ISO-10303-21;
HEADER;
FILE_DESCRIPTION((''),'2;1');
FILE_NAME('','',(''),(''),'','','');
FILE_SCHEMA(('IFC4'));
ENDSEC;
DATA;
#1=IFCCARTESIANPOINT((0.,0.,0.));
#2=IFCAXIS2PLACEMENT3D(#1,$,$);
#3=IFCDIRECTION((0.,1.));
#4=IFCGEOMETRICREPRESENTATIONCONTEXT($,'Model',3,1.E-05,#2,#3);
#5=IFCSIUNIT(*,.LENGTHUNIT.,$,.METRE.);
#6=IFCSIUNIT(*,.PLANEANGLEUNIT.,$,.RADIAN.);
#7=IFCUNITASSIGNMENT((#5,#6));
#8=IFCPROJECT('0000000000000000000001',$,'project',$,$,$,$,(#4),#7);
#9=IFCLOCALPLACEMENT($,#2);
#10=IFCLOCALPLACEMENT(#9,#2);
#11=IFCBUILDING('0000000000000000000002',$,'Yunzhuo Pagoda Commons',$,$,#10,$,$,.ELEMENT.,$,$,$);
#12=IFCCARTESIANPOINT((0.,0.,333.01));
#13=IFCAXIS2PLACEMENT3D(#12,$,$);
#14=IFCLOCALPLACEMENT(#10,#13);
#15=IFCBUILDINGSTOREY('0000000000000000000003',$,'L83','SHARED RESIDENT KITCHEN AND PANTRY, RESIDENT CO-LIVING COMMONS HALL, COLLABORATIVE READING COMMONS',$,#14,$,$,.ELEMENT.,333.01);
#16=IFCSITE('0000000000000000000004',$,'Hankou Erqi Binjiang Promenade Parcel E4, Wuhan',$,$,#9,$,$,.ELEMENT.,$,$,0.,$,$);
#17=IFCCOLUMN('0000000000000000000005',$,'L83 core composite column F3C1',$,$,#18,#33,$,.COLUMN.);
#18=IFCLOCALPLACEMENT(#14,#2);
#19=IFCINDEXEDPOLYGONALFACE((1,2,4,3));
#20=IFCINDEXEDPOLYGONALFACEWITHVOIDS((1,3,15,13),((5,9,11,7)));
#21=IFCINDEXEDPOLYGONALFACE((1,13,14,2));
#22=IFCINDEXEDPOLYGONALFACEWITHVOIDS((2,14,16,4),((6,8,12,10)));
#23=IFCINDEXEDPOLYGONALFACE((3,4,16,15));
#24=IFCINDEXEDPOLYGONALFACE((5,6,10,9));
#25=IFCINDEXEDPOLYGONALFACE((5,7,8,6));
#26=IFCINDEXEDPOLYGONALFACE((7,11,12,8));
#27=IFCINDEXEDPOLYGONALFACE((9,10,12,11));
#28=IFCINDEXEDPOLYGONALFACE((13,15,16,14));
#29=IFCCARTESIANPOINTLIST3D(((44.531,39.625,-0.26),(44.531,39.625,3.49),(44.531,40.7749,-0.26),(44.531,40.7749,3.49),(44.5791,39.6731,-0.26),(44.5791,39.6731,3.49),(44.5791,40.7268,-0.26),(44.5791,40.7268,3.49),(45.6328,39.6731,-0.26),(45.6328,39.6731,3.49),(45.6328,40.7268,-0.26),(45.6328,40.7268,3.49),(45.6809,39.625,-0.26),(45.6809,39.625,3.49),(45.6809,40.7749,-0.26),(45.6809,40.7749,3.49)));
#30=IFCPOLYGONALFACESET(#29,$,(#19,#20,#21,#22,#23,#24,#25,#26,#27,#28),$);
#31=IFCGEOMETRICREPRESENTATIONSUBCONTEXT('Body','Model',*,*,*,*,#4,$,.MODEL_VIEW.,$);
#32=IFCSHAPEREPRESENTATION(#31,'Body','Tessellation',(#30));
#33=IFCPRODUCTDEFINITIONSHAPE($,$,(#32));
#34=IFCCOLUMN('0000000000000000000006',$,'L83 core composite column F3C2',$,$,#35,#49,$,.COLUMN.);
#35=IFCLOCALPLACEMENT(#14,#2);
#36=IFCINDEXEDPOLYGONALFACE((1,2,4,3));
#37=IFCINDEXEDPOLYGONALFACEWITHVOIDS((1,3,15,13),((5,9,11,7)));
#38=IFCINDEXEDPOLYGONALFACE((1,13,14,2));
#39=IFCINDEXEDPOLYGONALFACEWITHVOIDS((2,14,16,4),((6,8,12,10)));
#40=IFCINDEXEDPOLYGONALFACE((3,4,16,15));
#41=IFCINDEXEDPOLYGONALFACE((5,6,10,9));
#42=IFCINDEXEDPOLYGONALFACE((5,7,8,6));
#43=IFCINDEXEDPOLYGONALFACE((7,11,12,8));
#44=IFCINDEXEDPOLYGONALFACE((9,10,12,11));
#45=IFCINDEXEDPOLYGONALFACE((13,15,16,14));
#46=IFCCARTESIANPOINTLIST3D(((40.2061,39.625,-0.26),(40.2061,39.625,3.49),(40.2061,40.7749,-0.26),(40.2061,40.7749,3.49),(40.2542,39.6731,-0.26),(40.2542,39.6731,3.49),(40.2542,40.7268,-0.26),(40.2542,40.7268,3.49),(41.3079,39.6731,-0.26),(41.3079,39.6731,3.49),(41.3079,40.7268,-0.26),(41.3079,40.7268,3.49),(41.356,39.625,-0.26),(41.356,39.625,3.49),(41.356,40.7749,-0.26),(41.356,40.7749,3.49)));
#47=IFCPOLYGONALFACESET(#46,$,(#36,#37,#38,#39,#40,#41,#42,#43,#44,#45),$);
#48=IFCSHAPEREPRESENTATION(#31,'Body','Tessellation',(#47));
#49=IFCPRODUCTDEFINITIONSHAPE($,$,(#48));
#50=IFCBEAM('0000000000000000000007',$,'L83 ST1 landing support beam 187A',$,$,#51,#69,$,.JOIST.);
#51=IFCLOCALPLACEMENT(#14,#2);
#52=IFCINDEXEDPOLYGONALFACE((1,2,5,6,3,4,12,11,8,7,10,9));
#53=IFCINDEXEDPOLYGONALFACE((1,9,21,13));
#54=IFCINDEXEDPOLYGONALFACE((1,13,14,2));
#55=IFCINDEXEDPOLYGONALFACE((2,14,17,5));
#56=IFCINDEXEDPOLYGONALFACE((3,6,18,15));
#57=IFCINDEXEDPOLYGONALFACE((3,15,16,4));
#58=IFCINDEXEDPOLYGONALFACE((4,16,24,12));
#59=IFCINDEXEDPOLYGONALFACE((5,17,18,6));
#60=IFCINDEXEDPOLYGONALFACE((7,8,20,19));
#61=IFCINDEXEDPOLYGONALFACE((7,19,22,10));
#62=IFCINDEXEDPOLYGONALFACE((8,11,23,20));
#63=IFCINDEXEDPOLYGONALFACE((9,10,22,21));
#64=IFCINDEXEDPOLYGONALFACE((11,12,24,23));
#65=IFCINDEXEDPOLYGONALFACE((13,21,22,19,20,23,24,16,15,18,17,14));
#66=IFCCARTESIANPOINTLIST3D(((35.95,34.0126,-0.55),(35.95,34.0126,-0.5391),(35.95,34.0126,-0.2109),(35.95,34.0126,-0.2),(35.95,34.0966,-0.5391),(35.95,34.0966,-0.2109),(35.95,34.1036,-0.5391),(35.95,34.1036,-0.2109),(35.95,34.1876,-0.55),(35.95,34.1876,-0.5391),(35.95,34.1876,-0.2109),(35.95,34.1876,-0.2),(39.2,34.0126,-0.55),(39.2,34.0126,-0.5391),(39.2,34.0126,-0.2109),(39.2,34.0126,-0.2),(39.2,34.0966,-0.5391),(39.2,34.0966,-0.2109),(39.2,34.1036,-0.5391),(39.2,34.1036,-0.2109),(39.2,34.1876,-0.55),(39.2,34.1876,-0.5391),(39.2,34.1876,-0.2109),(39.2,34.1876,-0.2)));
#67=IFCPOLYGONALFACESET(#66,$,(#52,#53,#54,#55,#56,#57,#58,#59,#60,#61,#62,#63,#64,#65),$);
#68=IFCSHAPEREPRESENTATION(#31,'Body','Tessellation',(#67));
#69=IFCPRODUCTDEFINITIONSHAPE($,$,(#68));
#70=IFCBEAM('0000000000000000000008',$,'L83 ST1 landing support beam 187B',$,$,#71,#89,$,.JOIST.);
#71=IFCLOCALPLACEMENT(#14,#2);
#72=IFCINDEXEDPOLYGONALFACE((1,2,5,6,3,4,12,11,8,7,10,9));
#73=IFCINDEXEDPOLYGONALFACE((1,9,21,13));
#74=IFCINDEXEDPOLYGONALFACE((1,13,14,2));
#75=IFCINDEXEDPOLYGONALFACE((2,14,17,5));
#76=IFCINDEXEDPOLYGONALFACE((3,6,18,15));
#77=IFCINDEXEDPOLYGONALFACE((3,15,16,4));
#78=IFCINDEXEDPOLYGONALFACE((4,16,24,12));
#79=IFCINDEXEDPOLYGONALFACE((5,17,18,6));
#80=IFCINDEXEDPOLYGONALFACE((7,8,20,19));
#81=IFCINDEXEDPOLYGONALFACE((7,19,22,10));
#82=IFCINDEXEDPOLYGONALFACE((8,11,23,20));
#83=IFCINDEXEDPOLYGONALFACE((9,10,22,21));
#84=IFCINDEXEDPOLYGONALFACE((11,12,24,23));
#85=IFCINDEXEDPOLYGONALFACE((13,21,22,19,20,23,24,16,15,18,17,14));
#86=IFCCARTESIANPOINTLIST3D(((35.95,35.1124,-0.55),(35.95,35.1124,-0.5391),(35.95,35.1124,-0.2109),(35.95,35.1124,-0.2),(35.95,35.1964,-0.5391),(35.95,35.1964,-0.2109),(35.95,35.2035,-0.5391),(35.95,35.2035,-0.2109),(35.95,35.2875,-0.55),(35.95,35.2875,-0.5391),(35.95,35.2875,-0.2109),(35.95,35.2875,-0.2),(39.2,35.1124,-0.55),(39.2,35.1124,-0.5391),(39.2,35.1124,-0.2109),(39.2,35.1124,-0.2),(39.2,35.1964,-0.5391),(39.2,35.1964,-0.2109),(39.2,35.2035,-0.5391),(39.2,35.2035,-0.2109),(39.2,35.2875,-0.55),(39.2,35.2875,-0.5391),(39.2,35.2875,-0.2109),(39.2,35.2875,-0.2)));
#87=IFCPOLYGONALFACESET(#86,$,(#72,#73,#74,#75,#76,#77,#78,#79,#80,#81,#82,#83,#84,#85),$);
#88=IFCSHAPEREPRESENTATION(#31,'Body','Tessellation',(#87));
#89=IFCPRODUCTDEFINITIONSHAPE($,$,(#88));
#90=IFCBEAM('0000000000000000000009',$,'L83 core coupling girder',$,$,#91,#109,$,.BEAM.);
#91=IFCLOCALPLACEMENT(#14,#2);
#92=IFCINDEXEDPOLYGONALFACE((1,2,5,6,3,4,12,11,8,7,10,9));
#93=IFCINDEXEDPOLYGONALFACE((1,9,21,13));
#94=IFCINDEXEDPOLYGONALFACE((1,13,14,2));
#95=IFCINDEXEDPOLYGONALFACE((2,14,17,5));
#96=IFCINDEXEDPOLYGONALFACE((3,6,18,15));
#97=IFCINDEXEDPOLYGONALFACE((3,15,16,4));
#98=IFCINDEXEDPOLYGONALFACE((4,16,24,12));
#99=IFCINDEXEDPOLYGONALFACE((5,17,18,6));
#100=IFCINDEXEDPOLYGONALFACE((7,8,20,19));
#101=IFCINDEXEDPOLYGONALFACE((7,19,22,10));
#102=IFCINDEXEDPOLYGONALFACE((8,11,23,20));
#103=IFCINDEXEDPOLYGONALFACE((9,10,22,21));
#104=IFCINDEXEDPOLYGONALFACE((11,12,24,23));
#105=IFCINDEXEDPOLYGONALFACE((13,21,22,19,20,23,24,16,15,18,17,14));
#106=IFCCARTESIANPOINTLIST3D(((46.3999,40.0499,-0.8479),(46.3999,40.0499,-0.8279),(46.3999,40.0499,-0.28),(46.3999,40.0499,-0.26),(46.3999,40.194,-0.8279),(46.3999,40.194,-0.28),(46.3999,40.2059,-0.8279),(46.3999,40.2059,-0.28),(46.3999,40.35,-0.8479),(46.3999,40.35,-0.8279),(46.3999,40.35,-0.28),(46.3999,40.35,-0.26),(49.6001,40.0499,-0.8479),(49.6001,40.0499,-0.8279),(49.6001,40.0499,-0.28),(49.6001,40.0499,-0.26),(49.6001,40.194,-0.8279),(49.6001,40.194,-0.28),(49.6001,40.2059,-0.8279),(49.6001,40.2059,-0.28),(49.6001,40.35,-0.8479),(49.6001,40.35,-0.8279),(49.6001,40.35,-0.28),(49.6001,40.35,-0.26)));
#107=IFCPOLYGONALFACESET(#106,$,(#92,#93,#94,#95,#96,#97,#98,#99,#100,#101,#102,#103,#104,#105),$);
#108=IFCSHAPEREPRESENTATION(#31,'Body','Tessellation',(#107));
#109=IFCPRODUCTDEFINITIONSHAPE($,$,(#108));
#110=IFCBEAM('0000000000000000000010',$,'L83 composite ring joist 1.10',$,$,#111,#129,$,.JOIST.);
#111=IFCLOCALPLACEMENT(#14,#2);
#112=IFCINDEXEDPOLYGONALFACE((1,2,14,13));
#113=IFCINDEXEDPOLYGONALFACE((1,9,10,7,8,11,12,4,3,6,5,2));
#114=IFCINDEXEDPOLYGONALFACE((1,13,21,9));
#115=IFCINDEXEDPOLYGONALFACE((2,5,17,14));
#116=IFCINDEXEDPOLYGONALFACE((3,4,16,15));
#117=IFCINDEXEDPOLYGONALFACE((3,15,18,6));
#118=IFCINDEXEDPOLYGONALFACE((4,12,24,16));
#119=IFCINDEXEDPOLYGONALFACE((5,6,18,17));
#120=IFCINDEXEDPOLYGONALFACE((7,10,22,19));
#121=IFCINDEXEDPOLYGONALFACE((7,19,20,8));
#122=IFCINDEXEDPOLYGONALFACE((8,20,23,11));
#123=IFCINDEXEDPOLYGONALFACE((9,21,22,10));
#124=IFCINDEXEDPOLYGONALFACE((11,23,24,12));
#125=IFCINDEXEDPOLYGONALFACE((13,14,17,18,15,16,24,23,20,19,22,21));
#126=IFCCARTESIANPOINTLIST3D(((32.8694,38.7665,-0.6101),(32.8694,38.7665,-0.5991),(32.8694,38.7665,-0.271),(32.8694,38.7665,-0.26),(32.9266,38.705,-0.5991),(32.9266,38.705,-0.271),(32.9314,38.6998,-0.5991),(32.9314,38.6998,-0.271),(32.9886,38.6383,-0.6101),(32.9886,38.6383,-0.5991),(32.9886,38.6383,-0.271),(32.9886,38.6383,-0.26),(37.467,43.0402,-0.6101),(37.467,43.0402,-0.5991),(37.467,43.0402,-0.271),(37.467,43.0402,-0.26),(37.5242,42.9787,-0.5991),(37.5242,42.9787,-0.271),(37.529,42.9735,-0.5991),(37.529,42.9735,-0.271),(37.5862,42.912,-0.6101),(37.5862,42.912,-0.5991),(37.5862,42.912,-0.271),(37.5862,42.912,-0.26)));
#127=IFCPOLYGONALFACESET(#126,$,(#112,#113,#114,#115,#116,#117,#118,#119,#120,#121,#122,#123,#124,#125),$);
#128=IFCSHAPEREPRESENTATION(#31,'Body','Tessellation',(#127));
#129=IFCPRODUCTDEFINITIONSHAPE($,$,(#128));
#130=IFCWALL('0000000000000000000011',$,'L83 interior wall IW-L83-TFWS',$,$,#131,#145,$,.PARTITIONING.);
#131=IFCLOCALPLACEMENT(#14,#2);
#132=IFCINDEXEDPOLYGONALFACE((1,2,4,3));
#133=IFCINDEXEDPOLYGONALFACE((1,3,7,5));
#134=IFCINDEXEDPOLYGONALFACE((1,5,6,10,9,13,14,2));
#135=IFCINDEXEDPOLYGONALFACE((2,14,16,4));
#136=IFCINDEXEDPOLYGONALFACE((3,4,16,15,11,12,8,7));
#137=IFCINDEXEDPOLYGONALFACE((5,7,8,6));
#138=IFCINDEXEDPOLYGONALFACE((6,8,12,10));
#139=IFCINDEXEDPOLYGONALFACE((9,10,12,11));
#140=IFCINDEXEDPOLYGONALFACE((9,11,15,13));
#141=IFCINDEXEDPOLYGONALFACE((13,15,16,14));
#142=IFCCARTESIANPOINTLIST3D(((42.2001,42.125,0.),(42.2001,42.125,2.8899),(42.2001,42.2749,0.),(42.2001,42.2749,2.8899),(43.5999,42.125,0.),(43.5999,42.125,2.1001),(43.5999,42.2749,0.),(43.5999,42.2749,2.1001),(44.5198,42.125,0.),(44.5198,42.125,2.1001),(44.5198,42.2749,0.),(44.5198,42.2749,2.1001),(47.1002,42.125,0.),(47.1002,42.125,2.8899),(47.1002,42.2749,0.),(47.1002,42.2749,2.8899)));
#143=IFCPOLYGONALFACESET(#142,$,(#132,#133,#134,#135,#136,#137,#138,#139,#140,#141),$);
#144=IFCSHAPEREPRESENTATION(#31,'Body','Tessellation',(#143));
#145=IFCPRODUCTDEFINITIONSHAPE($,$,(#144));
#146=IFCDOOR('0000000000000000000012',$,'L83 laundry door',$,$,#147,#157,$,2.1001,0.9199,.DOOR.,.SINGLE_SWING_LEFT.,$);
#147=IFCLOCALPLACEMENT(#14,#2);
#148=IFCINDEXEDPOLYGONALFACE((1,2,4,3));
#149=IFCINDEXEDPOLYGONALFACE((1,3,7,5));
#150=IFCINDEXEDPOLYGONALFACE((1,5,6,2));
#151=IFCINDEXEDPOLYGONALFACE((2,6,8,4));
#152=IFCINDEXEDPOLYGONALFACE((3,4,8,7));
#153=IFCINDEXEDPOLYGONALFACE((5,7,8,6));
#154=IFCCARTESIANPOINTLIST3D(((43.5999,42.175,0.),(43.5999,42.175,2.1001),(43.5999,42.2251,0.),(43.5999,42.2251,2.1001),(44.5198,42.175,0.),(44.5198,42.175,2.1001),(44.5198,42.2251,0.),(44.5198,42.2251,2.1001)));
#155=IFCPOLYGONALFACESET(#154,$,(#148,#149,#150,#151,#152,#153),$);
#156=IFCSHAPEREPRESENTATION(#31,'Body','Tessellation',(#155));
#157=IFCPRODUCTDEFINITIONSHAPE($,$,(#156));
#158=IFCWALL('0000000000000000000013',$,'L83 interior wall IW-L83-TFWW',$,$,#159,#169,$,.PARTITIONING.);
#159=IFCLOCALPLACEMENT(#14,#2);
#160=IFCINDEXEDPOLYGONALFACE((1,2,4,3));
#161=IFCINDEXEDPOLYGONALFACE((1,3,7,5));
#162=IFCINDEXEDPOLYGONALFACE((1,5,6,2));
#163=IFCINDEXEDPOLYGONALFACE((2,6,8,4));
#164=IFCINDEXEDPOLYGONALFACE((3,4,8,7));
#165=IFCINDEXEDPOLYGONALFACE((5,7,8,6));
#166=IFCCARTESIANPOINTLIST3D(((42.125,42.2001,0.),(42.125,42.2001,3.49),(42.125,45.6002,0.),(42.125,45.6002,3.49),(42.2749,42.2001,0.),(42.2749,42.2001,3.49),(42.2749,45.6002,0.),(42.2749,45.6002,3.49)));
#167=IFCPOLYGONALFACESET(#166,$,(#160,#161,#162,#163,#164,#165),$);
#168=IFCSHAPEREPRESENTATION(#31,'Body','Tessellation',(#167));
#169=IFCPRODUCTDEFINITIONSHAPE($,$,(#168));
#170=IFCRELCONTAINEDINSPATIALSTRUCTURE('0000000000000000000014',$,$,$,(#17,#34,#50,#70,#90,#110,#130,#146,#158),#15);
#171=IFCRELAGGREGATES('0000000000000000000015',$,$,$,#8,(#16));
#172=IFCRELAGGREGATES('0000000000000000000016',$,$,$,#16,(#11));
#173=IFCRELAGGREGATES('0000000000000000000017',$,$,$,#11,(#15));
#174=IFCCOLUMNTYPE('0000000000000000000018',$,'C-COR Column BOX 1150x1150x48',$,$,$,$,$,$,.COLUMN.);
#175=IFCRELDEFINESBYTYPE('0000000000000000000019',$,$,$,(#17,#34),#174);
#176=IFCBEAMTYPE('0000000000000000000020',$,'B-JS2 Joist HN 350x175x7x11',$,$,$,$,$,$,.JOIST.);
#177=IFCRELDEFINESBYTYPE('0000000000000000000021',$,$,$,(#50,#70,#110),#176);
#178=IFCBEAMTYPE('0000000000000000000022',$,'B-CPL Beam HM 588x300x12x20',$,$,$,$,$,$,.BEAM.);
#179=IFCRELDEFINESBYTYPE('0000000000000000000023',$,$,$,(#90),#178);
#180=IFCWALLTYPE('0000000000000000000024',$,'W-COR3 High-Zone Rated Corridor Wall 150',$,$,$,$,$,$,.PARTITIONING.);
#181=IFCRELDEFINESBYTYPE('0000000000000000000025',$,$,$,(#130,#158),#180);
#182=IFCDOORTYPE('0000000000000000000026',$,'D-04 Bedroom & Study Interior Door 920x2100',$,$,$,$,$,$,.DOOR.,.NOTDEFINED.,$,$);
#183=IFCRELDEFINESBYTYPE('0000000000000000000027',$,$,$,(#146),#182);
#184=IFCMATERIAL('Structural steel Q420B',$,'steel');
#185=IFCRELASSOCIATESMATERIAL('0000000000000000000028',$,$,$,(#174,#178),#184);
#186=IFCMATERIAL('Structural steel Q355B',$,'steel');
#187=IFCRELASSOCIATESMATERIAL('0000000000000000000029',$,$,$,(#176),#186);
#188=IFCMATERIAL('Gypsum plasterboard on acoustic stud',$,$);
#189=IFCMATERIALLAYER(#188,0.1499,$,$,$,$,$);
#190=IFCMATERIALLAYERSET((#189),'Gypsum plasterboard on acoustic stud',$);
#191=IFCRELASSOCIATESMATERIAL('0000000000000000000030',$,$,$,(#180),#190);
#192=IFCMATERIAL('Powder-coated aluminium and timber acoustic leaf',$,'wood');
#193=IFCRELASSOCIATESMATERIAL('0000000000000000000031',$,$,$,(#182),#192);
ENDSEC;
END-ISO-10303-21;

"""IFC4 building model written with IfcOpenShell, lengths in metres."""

from ifc_helpers import new_model, si_unit, direction, frame, frame_2d, origin, origin_2d, place, context, subcontext, project, spatial, rectangle, hollow_rectangle, i_section, extrude, source, transform, mapped, material, layer, layer_set, material_profile, profile_set, type_object, element, fill, save


model = new_model("IFC4")

# Units and contexts
model_context = context("Model", 3, precision=1e-05, world=origin(), true_north=direction((0.0, 1.0)))
body_context = subcontext(model_context, "Body", "Model", "MODEL_VIEW")
ifc_project = project(units=[si_unit("LENGTHUNIT", "METRE"), si_unit("PLANEANGLEUNIT", "RADIAN")], contexts=[model_context])

# Site, building, storey
site_placement = place(None, origin())
site = spatial("IfcSite", under=ifc_project, at=site_placement, Name="Hankou Erqi Binjiang Promenade Parcel E4, Wuhan", CompositionType="ELEMENT", RefElevation=0.0)
building_placement = place(site_placement, origin())
building = spatial("IfcBuilding", under=site, at=building_placement, Name="Yunzhuo Pagoda Commons", CompositionType="ELEMENT")
storey_placement = place(building_placement, frame((0.0, 0.0, 333.01)))
storey = spatial("IfcBuildingStorey", under=building, at=storey_placement, Name="L83", Description="SHARED RESIDENT KITCHEN AND PANTRY, RESIDENT CO-LIVING COMMONS HALL, COLLABORATIVE READING COMMONS", CompositionType="ELEMENT", Elevation=333.01)

# Columns
ifc_material_1 = material(Name="Structural steel Q420B", Category="steel")
ifc_material_profile_1 = material_profile(ifc_material_1, hollow_rectangle(XDim=1.1499, YDim=1.1499, WallThickness=0.0481, at=origin_2d()), Name="Structural steel Q420B")
ifc_profile_set_1 = profile_set([ifc_material_profile_1], Name="Structural steel Q420B")
column_type = type_object("IfcColumnType", Name="C-COR Column BOX 1150x1150x48", PredefinedType="COLUMN", material=ifc_profile_set_1)
shared_shape_1 = source(origin(), body_context, "Body", "SweptSolid", [
    extrude(hollow_rectangle(XDim=1.1499, YDim=1.1499, WallThickness=0.0481, at=origin_2d()), origin(), (0.0, 0.0, 1.0), 3.75),
])
for number, where, z_axis, x_axis, name in (
    (1, (45.106, 40.2, -0.26), (0.0, 0.0, 1.0), (1.0, 0.0, 0.0), "L83 core composite column F3C1"),
    (2, (40.781, 40.2, -0.26), (0.0, 0.0, 1.0), (1.0, 0.0, 0.0), "L83 core composite column F3C2"),
):
    element("IfcColumn", number, at=place(storey_placement, frame(where, z_axis=z_axis, x_axis=x_axis)), inside=storey, type_object=column_type, Name=name, PredefinedType="COLUMN", context=body_context, shape_type="MappedRepresentation", body=[
        mapped(shared_shape_1, transform((0.0, 0.0, 0.0), scale=1.0)),
    ])

# Beams
ifc_material_2 = material(Name="Structural steel Q355B", Category="steel")
ifc_material_profile_2 = material_profile(ifc_material_2, i_section(OverallWidth=0.175, OverallDepth=0.3501, WebThickness=0.0071, FlangeThickness=0.011, at=origin_2d()), Name="Structural steel Q355B")
ifc_profile_set_2 = profile_set([ifc_material_profile_2], Name="Structural steel Q355B")
beam_type_1 = type_object("IfcBeamType", Name="B-JS2 Joist HN 350x175x7x11", PredefinedType="JOIST", material=ifc_profile_set_2)
shared_shape_2 = source(origin(), body_context, "Body", "SweptSolid", [
    extrude(i_section(OverallWidth=0.175, OverallDepth=0.3501, WebThickness=0.0071, FlangeThickness=0.011, at=origin_2d()), origin(), (0.0, 0.0, 1.0), 3.25),
])
for number, where, z_axis, x_axis, name in (
    (3, (35.95, 34.1001, -0.375), (1.0, 0.0, 0.0), (0.0, 1.0, 0.0), "L83 ST1 landing support beam 187A"),
    (4, (35.95, 35.2, -0.375), (1.0, 0.0, 0.0), (0.0, 1.0, 0.0), "L83 ST1 landing support beam 187B"),
):
    element("IfcBeam", number, at=place(storey_placement, frame(where, z_axis=z_axis, x_axis=x_axis)), inside=storey, type_object=beam_type_1, Name=name, PredefinedType="JOIST", context=body_context, shape_type="MappedRepresentation", body=[
        mapped(shared_shape_2, transform((0.0, 0.0, 0.0), scale=1.0)),
    ])
ifc_material_profile_3 = material_profile(ifc_material_1, i_section(OverallWidth=0.3, OverallDepth=0.5879, WebThickness=0.012, FlangeThickness=0.02, at=origin_2d()), Name="Structural steel Q420B")
ifc_profile_set_3 = profile_set([ifc_material_profile_3], Name="Structural steel Q420B")
beam_type_2 = type_object("IfcBeamType", Name="B-CPL Beam HM 588x300x12x20", PredefinedType="BEAM", material=ifc_profile_set_3)
shared_shape_3 = source(origin(), body_context, "Body", "SweptSolid", [
    extrude(i_section(OverallWidth=0.3, OverallDepth=0.5879, WebThickness=0.012, FlangeThickness=0.02, at=origin_2d()), origin(), (0.0, 0.0, 1.0), 3.2002),
])
beam_1_placement = place(storey_placement, frame((46.3999, 40.2, -0.554), z_axis=(1.0, 0.0, 0.0), x_axis=(0.0, 1.0, 0.0)))
element("IfcBeam", 5, at=beam_1_placement, inside=storey, type_object=beam_type_2, Name="L83 core coupling girder", PredefinedType="BEAM", context=body_context, shape_type="MappedRepresentation", body=[
    mapped(shared_shape_3, transform((0.0, 0.0, 0.0), scale=1.0)),
])
shared_shape_4 = source(origin(), body_context, "Body", "SweptSolid", [
    extrude(i_section(OverallWidth=0.175, OverallDepth=0.3501, WebThickness=0.0071, FlangeThickness=0.011, at=origin_2d()), origin(), (0.0, 0.0, 1.0), 6.2771),
])
beam_2_placement = place(storey_placement, frame((37.5266, 42.9761, -0.4351), z_axis=(-0.732442, -0.68083, 0.0), x_axis=(0.68083, -0.732442, 0.0)))
element("IfcBeam", 6, at=beam_2_placement, inside=storey, type_object=beam_type_1, Name="L83 composite ring joist 1.10", PredefinedType="JOIST", context=body_context, shape_type="MappedRepresentation", body=[
    mapped(shared_shape_4, transform((0.0, 0.0, 0.0), scale=1.0)),
])

# Wall, opening, door
ifc_material_3 = material(Name="Gypsum plasterboard on acoustic stud")
ifc_layer_1 = layer(ifc_material_3, 0.1499)
ifc_layer_set_1 = layer_set([ifc_layer_1], Name="Gypsum plasterboard on acoustic stud")
wall_type_1 = type_object("IfcWallType", Name="W-COR3 High-Zone Rated Corridor Wall 150", PredefinedType="PARTITIONING", material=ifc_layer_set_1)
wall_1_placement = place(storey_placement, frame((42.2, 42.2, 0.0), z_axis=(0.0, 0.0, 1.0), x_axis=(1.0, 0.0, 0.0)))
wall_1 = element("IfcWall", 7, at=wall_1_placement, inside=storey, type_object=wall_type_1, Name="L83 interior wall IW-L83-TFWS", PredefinedType="PARTITIONING", context=body_context, shape_type="SweptSolid", body=[
    extrude(rectangle(XDim=4.9001, YDim=0.1499, at=frame_2d((2.4502, 0.0))), origin(), (0.0, 0.0, 1.0), 2.8899),
])
opening_1_placement = place(wall_1_placement, frame((1.3999, 0.0, 0.0)))
opening_1 = element("IfcOpeningElement", 8, at=opening_1_placement, cuts=wall_1, PredefinedType="OPENING", context=body_context, shape_type="SweptSolid", body=[
    extrude(rectangle(XDim=0.9199, YDim=2.1001, at=frame_2d((0.46, 1.05))), frame((0.0, 0.085, 0.0), z_axis=(0.0, -1.0, 0.0), x_axis=(1.0, 0.0, 0.0)), (0.0, 0.0, 1.0), 0.1699),
])
ifc_material_4 = material(Name="Powder-coated aluminium and timber acoustic leaf", Category="wood")
door_type_1 = type_object("IfcDoorType", Name="D-04 Bedroom & Study Interior Door 920x2100", OperationType="NOTDEFINED", PredefinedType="DOOR", material=ifc_material_4)
shared_shape_5 = source(origin(), body_context, "Body", "SweptSolid", [
    extrude(rectangle(XDim=0.9199, YDim=2.1001, at=frame_2d((0.46, 1.05))), frame((0.0, 0.0249, 0.0), z_axis=(0.0, -1.0, 0.0), x_axis=(1.0, 0.0, 0.0)), (0.0, 0.0, 1.0), 0.05),
])
door_1_placement = place(opening_1_placement, frame((0.9199, 0.0, 0.0), z_axis=(0.0, 0.0, 1.0), x_axis=(-1.0, 0.0, 0.0)))
door_1 = element("IfcDoor", 9, at=door_1_placement, inside=storey, type_object=door_type_1, Name="L83 laundry door", OperationType="SINGLE_SWING_LEFT", OverallHeight=2.1001, OverallWidth=0.9199, PredefinedType="DOOR", context=body_context, shape_type="MappedRepresentation", body=[
    mapped(shared_shape_5, transform((0.0, 0.0, 0.0), scale=1.0)),
])
fill(opening_1, door_1)

# Wall
wall_2_placement = place(storey_placement, frame((42.2, 42.2, 0.0), z_axis=(0.0, 0.0, 1.0), x_axis=(0.0, 1.0, 0.0)))
element("IfcWall", 10, at=wall_2_placement, inside=storey, type_object=wall_type_1, Name="L83 interior wall IW-L83-TFWW", PredefinedType="PARTITIONING", context=body_context, shape_type="SweptSolid", body=[
    extrude(rectangle(XDim=3.4001, YDim=0.1499, at=frame_2d((1.7002, 0.0))), origin(), (0.0, 0.0, 1.0), 3.49),
])

save(model, "model.ifc")
